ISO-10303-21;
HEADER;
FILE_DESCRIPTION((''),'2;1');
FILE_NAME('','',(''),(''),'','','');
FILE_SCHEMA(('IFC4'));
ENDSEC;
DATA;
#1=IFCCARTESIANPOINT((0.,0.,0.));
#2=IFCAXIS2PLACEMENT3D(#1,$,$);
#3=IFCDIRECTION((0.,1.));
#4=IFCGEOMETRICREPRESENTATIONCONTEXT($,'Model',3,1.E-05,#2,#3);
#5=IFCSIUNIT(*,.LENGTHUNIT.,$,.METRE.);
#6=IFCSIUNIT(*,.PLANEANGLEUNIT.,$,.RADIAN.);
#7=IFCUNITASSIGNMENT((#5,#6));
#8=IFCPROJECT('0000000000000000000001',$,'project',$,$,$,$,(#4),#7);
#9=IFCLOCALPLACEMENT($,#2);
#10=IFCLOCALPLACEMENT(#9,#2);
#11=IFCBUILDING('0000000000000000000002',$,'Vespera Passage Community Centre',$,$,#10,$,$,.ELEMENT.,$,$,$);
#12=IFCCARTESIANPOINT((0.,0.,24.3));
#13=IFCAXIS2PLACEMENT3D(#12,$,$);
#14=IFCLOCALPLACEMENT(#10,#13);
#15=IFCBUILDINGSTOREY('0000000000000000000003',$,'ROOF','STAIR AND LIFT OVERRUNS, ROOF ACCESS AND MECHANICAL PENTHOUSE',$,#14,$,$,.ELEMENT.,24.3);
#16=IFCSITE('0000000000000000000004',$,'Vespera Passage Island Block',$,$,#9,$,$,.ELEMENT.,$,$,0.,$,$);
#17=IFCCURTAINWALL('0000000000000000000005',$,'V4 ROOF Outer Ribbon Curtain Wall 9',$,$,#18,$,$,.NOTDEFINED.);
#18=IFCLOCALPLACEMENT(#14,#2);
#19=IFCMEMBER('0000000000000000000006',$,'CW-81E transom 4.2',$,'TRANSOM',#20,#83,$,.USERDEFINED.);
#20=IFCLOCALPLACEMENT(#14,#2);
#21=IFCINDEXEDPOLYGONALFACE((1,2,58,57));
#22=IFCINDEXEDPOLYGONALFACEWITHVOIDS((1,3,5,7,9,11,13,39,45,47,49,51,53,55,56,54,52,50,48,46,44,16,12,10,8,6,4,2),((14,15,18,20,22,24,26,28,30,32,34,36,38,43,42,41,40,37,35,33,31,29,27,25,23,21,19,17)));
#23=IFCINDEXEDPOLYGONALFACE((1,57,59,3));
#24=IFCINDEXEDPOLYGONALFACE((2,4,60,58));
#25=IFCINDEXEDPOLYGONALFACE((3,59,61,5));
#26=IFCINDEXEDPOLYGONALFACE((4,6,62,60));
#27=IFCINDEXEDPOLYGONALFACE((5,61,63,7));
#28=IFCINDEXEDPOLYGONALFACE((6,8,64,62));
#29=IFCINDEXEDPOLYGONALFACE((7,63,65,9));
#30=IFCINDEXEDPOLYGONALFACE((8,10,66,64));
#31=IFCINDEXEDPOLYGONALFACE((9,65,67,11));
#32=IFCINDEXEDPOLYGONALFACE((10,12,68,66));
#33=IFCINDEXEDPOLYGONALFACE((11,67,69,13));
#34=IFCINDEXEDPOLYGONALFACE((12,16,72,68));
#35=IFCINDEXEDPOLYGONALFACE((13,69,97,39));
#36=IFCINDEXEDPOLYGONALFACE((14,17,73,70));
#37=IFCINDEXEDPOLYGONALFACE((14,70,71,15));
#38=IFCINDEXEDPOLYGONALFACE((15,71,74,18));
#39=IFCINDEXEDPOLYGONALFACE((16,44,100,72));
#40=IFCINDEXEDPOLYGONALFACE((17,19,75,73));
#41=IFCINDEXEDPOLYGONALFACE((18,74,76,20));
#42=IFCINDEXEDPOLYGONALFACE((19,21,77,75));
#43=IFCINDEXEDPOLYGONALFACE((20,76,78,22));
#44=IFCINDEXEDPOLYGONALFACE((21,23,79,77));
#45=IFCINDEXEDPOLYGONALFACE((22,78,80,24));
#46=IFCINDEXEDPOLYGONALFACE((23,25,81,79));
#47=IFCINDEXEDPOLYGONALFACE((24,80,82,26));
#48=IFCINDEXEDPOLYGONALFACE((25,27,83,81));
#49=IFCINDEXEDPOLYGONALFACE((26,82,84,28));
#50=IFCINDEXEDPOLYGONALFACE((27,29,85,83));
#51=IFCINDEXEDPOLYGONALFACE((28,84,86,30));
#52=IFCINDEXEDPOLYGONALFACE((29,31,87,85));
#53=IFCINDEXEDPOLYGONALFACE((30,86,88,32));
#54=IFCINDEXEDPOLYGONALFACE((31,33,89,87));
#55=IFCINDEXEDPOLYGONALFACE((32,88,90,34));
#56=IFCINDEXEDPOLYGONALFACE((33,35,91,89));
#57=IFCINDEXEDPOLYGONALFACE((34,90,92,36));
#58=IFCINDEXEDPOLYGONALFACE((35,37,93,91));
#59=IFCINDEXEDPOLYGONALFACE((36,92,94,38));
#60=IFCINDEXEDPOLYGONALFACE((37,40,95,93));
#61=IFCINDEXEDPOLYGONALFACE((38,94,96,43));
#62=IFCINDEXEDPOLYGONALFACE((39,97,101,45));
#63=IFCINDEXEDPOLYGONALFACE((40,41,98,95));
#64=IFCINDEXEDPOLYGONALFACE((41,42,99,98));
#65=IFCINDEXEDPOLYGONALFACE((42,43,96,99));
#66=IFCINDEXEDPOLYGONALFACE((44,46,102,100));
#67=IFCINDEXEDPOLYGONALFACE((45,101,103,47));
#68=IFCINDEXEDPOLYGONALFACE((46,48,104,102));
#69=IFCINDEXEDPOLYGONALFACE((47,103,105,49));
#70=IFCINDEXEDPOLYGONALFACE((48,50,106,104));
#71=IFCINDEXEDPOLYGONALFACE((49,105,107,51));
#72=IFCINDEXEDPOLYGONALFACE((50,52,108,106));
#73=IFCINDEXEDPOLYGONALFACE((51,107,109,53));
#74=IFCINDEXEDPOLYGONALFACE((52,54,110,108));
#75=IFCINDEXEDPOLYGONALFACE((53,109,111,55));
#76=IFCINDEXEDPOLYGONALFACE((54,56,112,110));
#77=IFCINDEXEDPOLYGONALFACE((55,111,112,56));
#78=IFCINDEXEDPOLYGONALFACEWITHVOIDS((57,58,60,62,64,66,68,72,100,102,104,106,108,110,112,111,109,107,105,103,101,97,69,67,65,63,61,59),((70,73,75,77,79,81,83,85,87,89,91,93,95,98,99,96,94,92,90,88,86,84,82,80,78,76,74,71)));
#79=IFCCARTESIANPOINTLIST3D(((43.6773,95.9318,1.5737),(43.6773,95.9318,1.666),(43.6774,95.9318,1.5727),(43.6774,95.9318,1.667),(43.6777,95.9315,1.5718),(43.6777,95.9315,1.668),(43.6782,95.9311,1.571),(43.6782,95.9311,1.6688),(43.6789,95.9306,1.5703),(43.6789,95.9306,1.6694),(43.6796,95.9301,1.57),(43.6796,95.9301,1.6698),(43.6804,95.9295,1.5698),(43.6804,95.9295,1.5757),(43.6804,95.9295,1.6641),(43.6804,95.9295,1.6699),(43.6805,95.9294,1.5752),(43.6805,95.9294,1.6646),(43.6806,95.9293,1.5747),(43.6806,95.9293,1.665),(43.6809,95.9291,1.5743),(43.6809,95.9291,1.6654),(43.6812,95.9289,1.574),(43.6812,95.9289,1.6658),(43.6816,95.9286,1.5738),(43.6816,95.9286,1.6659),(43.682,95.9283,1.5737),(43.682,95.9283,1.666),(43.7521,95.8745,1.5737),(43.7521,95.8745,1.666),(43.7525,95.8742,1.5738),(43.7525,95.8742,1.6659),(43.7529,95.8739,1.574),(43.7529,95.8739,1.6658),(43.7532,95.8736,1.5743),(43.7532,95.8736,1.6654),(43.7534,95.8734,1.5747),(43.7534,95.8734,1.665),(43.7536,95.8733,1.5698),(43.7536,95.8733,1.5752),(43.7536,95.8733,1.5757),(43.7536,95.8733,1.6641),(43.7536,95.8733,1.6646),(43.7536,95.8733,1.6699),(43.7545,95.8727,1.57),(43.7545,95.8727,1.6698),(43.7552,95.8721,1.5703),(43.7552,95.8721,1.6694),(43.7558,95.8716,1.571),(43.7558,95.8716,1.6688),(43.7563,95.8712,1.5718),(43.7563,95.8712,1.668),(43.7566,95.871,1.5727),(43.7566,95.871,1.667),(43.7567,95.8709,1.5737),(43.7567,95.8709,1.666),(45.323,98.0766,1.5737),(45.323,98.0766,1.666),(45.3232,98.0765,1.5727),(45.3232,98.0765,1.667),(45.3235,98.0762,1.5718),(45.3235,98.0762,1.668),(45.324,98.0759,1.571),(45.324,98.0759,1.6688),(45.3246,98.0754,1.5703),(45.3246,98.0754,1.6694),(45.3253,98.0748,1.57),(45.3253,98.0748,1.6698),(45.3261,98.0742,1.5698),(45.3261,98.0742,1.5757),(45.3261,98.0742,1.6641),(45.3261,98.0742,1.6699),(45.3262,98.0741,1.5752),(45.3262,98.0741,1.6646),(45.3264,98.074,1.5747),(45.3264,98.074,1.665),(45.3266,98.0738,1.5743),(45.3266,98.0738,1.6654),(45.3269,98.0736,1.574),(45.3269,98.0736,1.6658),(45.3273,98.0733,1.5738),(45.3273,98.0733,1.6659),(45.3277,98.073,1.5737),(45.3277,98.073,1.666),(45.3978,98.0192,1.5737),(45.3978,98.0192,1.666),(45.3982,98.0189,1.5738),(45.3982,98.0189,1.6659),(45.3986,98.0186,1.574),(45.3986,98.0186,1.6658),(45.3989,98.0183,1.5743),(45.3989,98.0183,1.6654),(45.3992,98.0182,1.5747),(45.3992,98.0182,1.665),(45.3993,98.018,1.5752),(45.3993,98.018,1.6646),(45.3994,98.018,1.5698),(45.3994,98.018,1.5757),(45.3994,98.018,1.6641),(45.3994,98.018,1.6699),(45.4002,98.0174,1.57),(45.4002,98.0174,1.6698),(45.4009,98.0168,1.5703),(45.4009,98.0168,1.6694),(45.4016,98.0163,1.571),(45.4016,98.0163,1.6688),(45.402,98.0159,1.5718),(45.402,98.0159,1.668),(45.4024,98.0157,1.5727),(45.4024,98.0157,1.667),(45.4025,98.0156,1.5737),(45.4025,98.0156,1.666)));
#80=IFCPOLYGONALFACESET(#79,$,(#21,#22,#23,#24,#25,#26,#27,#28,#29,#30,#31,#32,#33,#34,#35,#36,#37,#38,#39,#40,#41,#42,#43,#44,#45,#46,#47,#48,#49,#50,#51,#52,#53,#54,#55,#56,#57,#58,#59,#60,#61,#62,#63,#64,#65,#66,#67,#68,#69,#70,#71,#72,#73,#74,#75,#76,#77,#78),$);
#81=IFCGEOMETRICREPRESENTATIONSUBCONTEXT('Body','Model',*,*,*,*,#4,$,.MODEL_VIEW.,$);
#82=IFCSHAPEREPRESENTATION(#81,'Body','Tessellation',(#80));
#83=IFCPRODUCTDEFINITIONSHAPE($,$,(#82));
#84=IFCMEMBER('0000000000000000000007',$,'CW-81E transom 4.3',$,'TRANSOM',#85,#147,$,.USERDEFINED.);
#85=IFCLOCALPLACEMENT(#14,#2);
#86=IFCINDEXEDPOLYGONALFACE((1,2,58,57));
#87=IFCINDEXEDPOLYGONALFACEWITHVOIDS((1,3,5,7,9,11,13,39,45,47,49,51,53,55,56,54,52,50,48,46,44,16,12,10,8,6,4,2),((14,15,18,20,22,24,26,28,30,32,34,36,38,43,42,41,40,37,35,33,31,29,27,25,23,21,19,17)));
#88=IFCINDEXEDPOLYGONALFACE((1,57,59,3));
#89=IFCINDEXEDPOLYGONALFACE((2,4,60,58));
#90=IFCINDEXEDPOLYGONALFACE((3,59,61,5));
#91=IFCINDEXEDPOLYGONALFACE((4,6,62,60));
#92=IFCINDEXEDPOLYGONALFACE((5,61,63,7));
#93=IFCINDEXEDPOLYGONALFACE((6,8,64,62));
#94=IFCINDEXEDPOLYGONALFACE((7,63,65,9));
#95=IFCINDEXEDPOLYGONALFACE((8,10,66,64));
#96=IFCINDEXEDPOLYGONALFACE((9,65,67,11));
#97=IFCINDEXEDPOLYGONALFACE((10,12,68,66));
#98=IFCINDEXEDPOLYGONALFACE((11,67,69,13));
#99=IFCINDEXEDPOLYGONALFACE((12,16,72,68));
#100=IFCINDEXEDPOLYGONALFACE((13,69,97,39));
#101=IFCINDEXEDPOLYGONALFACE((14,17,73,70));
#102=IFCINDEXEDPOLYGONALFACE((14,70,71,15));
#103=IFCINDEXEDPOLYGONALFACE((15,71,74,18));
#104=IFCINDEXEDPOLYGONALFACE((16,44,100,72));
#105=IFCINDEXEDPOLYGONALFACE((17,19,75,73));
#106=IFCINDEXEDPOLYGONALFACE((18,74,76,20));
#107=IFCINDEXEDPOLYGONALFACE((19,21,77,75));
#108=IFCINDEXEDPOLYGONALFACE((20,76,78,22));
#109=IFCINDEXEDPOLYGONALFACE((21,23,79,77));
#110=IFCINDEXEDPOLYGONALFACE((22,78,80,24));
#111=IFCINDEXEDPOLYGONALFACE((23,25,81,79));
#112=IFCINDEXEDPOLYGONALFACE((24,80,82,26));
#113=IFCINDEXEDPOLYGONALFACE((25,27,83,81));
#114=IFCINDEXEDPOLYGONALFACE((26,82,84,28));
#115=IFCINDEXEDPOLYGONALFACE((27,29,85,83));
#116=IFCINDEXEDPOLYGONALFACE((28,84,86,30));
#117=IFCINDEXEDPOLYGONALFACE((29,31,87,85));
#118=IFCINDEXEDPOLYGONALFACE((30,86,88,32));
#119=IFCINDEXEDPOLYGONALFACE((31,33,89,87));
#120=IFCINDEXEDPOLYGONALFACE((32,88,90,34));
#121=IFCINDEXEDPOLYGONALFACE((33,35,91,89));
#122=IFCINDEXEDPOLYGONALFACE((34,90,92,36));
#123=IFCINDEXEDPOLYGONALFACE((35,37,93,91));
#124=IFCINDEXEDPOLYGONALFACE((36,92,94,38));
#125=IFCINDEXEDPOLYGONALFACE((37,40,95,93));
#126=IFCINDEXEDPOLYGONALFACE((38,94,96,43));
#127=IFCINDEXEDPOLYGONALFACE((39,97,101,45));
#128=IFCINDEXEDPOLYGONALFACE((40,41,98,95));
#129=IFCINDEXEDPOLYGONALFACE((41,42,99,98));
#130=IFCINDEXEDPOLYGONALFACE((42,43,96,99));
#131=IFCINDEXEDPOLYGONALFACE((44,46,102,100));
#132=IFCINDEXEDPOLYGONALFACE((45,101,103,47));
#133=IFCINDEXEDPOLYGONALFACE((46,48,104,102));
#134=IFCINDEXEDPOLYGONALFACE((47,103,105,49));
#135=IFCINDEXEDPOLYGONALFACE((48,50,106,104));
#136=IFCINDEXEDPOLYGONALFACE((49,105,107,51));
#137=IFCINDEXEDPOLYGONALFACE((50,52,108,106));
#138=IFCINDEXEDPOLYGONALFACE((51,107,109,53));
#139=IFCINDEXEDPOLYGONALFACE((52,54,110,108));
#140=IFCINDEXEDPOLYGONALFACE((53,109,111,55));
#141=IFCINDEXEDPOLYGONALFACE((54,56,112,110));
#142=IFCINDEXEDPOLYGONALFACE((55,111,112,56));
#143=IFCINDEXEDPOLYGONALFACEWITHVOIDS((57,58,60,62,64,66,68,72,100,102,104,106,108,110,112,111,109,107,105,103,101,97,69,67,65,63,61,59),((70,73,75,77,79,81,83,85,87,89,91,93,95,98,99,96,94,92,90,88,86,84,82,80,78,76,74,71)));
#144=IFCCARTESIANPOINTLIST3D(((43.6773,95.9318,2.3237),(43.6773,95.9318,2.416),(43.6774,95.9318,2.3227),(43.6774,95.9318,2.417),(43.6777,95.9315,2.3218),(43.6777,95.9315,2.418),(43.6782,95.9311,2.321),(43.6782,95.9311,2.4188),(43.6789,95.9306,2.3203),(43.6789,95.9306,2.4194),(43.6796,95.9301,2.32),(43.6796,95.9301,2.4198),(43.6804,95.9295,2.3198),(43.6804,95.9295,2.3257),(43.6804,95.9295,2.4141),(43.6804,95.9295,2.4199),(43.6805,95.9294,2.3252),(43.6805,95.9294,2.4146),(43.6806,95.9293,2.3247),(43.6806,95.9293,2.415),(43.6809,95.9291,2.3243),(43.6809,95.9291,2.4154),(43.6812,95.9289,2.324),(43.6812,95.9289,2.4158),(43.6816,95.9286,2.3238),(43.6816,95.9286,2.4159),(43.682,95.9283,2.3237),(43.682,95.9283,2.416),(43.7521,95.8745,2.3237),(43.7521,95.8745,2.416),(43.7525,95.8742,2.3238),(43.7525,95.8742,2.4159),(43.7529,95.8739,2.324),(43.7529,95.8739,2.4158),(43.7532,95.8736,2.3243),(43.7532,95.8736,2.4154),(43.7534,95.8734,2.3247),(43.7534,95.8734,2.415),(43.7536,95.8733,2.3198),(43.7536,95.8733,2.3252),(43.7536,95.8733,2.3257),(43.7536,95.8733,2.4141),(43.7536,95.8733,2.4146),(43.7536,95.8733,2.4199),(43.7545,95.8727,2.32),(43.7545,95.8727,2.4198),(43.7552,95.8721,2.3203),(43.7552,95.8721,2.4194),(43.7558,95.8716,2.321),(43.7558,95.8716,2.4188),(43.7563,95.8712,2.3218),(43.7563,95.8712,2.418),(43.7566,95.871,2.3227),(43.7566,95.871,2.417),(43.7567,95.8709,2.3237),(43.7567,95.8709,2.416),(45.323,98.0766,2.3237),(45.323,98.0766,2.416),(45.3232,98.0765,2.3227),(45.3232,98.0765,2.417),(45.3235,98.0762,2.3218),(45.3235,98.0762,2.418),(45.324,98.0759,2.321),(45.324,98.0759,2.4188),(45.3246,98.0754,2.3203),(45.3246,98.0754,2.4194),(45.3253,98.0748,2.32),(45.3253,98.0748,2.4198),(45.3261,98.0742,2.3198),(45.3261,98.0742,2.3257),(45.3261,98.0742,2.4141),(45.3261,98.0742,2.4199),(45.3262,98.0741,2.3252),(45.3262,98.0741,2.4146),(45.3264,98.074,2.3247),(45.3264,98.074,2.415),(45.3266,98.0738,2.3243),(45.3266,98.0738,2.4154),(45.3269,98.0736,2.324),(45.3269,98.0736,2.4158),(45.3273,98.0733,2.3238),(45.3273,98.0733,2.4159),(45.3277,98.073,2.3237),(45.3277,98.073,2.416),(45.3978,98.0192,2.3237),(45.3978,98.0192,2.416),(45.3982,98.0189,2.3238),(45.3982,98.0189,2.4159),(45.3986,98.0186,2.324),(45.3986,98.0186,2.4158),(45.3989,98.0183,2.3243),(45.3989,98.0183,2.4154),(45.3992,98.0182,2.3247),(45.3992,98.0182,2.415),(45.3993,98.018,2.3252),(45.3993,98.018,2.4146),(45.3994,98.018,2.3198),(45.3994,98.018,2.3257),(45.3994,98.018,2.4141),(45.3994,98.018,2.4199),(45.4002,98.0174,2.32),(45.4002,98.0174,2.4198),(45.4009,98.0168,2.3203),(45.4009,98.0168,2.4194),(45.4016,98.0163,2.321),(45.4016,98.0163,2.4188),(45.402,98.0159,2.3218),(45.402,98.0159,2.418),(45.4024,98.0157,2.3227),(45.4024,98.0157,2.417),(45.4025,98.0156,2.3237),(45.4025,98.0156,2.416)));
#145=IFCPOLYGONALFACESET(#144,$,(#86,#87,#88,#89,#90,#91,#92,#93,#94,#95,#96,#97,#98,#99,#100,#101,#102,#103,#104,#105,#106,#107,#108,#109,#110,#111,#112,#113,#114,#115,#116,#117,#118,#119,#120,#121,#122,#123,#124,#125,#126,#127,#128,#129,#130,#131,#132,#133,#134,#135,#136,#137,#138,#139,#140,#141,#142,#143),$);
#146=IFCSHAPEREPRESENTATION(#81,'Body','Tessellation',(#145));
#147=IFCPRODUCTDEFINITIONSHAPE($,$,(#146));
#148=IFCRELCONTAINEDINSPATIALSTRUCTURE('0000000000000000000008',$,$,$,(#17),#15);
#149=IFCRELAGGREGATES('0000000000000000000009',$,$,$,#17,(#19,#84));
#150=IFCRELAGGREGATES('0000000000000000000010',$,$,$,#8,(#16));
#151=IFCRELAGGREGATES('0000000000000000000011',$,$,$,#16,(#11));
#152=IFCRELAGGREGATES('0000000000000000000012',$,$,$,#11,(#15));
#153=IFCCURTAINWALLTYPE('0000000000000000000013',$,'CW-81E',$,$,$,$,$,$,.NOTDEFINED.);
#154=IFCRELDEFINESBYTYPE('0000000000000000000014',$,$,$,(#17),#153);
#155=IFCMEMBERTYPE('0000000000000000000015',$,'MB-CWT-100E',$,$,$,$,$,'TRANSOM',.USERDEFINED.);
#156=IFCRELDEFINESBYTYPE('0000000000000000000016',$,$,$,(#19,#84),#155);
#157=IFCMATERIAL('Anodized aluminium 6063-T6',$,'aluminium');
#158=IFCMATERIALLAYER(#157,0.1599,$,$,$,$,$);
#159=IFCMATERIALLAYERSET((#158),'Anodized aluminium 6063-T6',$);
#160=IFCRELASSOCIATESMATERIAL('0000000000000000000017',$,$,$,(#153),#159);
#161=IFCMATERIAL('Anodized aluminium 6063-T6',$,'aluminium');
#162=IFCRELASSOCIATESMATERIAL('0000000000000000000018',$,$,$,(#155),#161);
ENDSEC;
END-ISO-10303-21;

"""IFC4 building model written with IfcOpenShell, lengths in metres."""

from ifc_helpers import new_model, si_unit, direction, frame, origin, origin_2d, place, context, subcontext, project, spatial, hollow_rectangle, extrude, material, layer, layer_set, material_profile, profile_set, type_object, element, aggregate, save


model = new_model("IFC4")

# Units and contexts
model_context = context("Model", 3, precision=1e-05, world=origin(), true_north=direction((0.0, 1.0)))
body_context = subcontext(model_context, "Body", "Model", "MODEL_VIEW")
ifc_project = project(units=[si_unit("LENGTHUNIT", "METRE"), si_unit("PLANEANGLEUNIT", "RADIAN")], contexts=[model_context])

# Site, building, storey
site_placement = place(None, origin())
site = spatial("IfcSite", under=ifc_project, at=site_placement, Name="Vespera Passage Island Block", CompositionType="ELEMENT", RefElevation=0.0)
building_placement = place(site_placement, origin())
building = spatial("IfcBuilding", under=site, at=building_placement, Name="Vespera Passage Community Centre", CompositionType="ELEMENT")
storey_placement = place(building_placement, frame((0.0, 0.0, 24.3)))
storey = spatial("IfcBuildingStorey", under=building, at=storey_placement, Name="ROOF", Description="STAIR AND LIFT OVERRUNS, ROOF ACCESS AND MECHANICAL PENTHOUSE", CompositionType="ELEMENT", Elevation=24.3)

# Curtain wall
ifc_material_1 = material(Name="Anodized aluminium 6063-T6", Category="aluminium")
ifc_layer_1 = layer(ifc_material_1, 0.1599)
ifc_layer_set_1 = layer_set([ifc_layer_1], Name="Anodized aluminium 6063-T6")
curtain_wall_type_1 = type_object("IfcCurtainWallType", Name="CW-81E", PredefinedType="NOTDEFINED", material=ifc_layer_set_1)
curtain_wall_1_placement = place(storey_placement, origin())
curtain_wall_1 = element("IfcCurtainWall", 1, at=curtain_wall_1_placement, inside=storey, type_object=curtain_wall_type_1, Name="V4 ROOF Outer Ribbon Curtain Wall 9", PredefinedType="NOTDEFINED")

# Members
ifc_material_2 = material(Name="Anodized aluminium 6063-T6", Category="aluminium")
ifc_material_profile_1 = material_profile(ifc_material_2, hollow_rectangle(XDim=0.1001, YDim=0.1001, WallThickness=0.0039, InnerFilletRadius=0.002, OuterFilletRadius=0.0039, at=origin_2d()), Name="ALU100X100X4")
ifc_profile_set_1 = profile_set([ifc_material_profile_1], Name="Anodized aluminium 6063-T6")
member_type_1 = type_object("IfcMemberType", Name="MB-CWT-100E", ElementType="TRANSOM", PredefinedType="USERDEFINED", material=ifc_profile_set_1)
member_1_placement = place(storey_placement, frame((43.717, 95.9014, 1.6199), z_axis=(0.608763, 0.793352, 0.0), x_axis=(-0.793352, 0.608763, 0.0)))
member_1 = element("IfcMember", 2, at=member_1_placement, type_object=member_type_1, Name="CW-81E transom 4.2", ObjectType="TRANSOM", PredefinedType="USERDEFINED", context=body_context, shape_type="SweptSolid", body=[
    extrude(hollow_rectangle(XDim=0.1001, YDim=0.1001, WallThickness=0.0039, InnerFilletRadius=0.002, OuterFilletRadius=0.0039, at=origin_2d()), origin(), (0.0, 0.0, 1.0), 2.7034),
])
member_2_placement = place(storey_placement, frame((43.717, 95.9014, 2.3699), z_axis=(0.608763, 0.793352, 0.0), x_axis=(-0.793352, 0.608763, 0.0)))
member_2 = element("IfcMember", 3, at=member_2_placement, type_object=member_type_1, Name="CW-81E transom 4.3", ObjectType="TRANSOM", PredefinedType="USERDEFINED", context=body_context, shape_type="SweptSolid", body=[
    extrude(hollow_rectangle(XDim=0.1001, YDim=0.1001, WallThickness=0.0039, InnerFilletRadius=0.002, OuterFilletRadius=0.0039, at=origin_2d()), origin(), (0.0, 0.0, 1.0), 2.7034),
])

aggregate(curtain_wall_1, [member_1, member_2])

save(model, "model.ifc")
